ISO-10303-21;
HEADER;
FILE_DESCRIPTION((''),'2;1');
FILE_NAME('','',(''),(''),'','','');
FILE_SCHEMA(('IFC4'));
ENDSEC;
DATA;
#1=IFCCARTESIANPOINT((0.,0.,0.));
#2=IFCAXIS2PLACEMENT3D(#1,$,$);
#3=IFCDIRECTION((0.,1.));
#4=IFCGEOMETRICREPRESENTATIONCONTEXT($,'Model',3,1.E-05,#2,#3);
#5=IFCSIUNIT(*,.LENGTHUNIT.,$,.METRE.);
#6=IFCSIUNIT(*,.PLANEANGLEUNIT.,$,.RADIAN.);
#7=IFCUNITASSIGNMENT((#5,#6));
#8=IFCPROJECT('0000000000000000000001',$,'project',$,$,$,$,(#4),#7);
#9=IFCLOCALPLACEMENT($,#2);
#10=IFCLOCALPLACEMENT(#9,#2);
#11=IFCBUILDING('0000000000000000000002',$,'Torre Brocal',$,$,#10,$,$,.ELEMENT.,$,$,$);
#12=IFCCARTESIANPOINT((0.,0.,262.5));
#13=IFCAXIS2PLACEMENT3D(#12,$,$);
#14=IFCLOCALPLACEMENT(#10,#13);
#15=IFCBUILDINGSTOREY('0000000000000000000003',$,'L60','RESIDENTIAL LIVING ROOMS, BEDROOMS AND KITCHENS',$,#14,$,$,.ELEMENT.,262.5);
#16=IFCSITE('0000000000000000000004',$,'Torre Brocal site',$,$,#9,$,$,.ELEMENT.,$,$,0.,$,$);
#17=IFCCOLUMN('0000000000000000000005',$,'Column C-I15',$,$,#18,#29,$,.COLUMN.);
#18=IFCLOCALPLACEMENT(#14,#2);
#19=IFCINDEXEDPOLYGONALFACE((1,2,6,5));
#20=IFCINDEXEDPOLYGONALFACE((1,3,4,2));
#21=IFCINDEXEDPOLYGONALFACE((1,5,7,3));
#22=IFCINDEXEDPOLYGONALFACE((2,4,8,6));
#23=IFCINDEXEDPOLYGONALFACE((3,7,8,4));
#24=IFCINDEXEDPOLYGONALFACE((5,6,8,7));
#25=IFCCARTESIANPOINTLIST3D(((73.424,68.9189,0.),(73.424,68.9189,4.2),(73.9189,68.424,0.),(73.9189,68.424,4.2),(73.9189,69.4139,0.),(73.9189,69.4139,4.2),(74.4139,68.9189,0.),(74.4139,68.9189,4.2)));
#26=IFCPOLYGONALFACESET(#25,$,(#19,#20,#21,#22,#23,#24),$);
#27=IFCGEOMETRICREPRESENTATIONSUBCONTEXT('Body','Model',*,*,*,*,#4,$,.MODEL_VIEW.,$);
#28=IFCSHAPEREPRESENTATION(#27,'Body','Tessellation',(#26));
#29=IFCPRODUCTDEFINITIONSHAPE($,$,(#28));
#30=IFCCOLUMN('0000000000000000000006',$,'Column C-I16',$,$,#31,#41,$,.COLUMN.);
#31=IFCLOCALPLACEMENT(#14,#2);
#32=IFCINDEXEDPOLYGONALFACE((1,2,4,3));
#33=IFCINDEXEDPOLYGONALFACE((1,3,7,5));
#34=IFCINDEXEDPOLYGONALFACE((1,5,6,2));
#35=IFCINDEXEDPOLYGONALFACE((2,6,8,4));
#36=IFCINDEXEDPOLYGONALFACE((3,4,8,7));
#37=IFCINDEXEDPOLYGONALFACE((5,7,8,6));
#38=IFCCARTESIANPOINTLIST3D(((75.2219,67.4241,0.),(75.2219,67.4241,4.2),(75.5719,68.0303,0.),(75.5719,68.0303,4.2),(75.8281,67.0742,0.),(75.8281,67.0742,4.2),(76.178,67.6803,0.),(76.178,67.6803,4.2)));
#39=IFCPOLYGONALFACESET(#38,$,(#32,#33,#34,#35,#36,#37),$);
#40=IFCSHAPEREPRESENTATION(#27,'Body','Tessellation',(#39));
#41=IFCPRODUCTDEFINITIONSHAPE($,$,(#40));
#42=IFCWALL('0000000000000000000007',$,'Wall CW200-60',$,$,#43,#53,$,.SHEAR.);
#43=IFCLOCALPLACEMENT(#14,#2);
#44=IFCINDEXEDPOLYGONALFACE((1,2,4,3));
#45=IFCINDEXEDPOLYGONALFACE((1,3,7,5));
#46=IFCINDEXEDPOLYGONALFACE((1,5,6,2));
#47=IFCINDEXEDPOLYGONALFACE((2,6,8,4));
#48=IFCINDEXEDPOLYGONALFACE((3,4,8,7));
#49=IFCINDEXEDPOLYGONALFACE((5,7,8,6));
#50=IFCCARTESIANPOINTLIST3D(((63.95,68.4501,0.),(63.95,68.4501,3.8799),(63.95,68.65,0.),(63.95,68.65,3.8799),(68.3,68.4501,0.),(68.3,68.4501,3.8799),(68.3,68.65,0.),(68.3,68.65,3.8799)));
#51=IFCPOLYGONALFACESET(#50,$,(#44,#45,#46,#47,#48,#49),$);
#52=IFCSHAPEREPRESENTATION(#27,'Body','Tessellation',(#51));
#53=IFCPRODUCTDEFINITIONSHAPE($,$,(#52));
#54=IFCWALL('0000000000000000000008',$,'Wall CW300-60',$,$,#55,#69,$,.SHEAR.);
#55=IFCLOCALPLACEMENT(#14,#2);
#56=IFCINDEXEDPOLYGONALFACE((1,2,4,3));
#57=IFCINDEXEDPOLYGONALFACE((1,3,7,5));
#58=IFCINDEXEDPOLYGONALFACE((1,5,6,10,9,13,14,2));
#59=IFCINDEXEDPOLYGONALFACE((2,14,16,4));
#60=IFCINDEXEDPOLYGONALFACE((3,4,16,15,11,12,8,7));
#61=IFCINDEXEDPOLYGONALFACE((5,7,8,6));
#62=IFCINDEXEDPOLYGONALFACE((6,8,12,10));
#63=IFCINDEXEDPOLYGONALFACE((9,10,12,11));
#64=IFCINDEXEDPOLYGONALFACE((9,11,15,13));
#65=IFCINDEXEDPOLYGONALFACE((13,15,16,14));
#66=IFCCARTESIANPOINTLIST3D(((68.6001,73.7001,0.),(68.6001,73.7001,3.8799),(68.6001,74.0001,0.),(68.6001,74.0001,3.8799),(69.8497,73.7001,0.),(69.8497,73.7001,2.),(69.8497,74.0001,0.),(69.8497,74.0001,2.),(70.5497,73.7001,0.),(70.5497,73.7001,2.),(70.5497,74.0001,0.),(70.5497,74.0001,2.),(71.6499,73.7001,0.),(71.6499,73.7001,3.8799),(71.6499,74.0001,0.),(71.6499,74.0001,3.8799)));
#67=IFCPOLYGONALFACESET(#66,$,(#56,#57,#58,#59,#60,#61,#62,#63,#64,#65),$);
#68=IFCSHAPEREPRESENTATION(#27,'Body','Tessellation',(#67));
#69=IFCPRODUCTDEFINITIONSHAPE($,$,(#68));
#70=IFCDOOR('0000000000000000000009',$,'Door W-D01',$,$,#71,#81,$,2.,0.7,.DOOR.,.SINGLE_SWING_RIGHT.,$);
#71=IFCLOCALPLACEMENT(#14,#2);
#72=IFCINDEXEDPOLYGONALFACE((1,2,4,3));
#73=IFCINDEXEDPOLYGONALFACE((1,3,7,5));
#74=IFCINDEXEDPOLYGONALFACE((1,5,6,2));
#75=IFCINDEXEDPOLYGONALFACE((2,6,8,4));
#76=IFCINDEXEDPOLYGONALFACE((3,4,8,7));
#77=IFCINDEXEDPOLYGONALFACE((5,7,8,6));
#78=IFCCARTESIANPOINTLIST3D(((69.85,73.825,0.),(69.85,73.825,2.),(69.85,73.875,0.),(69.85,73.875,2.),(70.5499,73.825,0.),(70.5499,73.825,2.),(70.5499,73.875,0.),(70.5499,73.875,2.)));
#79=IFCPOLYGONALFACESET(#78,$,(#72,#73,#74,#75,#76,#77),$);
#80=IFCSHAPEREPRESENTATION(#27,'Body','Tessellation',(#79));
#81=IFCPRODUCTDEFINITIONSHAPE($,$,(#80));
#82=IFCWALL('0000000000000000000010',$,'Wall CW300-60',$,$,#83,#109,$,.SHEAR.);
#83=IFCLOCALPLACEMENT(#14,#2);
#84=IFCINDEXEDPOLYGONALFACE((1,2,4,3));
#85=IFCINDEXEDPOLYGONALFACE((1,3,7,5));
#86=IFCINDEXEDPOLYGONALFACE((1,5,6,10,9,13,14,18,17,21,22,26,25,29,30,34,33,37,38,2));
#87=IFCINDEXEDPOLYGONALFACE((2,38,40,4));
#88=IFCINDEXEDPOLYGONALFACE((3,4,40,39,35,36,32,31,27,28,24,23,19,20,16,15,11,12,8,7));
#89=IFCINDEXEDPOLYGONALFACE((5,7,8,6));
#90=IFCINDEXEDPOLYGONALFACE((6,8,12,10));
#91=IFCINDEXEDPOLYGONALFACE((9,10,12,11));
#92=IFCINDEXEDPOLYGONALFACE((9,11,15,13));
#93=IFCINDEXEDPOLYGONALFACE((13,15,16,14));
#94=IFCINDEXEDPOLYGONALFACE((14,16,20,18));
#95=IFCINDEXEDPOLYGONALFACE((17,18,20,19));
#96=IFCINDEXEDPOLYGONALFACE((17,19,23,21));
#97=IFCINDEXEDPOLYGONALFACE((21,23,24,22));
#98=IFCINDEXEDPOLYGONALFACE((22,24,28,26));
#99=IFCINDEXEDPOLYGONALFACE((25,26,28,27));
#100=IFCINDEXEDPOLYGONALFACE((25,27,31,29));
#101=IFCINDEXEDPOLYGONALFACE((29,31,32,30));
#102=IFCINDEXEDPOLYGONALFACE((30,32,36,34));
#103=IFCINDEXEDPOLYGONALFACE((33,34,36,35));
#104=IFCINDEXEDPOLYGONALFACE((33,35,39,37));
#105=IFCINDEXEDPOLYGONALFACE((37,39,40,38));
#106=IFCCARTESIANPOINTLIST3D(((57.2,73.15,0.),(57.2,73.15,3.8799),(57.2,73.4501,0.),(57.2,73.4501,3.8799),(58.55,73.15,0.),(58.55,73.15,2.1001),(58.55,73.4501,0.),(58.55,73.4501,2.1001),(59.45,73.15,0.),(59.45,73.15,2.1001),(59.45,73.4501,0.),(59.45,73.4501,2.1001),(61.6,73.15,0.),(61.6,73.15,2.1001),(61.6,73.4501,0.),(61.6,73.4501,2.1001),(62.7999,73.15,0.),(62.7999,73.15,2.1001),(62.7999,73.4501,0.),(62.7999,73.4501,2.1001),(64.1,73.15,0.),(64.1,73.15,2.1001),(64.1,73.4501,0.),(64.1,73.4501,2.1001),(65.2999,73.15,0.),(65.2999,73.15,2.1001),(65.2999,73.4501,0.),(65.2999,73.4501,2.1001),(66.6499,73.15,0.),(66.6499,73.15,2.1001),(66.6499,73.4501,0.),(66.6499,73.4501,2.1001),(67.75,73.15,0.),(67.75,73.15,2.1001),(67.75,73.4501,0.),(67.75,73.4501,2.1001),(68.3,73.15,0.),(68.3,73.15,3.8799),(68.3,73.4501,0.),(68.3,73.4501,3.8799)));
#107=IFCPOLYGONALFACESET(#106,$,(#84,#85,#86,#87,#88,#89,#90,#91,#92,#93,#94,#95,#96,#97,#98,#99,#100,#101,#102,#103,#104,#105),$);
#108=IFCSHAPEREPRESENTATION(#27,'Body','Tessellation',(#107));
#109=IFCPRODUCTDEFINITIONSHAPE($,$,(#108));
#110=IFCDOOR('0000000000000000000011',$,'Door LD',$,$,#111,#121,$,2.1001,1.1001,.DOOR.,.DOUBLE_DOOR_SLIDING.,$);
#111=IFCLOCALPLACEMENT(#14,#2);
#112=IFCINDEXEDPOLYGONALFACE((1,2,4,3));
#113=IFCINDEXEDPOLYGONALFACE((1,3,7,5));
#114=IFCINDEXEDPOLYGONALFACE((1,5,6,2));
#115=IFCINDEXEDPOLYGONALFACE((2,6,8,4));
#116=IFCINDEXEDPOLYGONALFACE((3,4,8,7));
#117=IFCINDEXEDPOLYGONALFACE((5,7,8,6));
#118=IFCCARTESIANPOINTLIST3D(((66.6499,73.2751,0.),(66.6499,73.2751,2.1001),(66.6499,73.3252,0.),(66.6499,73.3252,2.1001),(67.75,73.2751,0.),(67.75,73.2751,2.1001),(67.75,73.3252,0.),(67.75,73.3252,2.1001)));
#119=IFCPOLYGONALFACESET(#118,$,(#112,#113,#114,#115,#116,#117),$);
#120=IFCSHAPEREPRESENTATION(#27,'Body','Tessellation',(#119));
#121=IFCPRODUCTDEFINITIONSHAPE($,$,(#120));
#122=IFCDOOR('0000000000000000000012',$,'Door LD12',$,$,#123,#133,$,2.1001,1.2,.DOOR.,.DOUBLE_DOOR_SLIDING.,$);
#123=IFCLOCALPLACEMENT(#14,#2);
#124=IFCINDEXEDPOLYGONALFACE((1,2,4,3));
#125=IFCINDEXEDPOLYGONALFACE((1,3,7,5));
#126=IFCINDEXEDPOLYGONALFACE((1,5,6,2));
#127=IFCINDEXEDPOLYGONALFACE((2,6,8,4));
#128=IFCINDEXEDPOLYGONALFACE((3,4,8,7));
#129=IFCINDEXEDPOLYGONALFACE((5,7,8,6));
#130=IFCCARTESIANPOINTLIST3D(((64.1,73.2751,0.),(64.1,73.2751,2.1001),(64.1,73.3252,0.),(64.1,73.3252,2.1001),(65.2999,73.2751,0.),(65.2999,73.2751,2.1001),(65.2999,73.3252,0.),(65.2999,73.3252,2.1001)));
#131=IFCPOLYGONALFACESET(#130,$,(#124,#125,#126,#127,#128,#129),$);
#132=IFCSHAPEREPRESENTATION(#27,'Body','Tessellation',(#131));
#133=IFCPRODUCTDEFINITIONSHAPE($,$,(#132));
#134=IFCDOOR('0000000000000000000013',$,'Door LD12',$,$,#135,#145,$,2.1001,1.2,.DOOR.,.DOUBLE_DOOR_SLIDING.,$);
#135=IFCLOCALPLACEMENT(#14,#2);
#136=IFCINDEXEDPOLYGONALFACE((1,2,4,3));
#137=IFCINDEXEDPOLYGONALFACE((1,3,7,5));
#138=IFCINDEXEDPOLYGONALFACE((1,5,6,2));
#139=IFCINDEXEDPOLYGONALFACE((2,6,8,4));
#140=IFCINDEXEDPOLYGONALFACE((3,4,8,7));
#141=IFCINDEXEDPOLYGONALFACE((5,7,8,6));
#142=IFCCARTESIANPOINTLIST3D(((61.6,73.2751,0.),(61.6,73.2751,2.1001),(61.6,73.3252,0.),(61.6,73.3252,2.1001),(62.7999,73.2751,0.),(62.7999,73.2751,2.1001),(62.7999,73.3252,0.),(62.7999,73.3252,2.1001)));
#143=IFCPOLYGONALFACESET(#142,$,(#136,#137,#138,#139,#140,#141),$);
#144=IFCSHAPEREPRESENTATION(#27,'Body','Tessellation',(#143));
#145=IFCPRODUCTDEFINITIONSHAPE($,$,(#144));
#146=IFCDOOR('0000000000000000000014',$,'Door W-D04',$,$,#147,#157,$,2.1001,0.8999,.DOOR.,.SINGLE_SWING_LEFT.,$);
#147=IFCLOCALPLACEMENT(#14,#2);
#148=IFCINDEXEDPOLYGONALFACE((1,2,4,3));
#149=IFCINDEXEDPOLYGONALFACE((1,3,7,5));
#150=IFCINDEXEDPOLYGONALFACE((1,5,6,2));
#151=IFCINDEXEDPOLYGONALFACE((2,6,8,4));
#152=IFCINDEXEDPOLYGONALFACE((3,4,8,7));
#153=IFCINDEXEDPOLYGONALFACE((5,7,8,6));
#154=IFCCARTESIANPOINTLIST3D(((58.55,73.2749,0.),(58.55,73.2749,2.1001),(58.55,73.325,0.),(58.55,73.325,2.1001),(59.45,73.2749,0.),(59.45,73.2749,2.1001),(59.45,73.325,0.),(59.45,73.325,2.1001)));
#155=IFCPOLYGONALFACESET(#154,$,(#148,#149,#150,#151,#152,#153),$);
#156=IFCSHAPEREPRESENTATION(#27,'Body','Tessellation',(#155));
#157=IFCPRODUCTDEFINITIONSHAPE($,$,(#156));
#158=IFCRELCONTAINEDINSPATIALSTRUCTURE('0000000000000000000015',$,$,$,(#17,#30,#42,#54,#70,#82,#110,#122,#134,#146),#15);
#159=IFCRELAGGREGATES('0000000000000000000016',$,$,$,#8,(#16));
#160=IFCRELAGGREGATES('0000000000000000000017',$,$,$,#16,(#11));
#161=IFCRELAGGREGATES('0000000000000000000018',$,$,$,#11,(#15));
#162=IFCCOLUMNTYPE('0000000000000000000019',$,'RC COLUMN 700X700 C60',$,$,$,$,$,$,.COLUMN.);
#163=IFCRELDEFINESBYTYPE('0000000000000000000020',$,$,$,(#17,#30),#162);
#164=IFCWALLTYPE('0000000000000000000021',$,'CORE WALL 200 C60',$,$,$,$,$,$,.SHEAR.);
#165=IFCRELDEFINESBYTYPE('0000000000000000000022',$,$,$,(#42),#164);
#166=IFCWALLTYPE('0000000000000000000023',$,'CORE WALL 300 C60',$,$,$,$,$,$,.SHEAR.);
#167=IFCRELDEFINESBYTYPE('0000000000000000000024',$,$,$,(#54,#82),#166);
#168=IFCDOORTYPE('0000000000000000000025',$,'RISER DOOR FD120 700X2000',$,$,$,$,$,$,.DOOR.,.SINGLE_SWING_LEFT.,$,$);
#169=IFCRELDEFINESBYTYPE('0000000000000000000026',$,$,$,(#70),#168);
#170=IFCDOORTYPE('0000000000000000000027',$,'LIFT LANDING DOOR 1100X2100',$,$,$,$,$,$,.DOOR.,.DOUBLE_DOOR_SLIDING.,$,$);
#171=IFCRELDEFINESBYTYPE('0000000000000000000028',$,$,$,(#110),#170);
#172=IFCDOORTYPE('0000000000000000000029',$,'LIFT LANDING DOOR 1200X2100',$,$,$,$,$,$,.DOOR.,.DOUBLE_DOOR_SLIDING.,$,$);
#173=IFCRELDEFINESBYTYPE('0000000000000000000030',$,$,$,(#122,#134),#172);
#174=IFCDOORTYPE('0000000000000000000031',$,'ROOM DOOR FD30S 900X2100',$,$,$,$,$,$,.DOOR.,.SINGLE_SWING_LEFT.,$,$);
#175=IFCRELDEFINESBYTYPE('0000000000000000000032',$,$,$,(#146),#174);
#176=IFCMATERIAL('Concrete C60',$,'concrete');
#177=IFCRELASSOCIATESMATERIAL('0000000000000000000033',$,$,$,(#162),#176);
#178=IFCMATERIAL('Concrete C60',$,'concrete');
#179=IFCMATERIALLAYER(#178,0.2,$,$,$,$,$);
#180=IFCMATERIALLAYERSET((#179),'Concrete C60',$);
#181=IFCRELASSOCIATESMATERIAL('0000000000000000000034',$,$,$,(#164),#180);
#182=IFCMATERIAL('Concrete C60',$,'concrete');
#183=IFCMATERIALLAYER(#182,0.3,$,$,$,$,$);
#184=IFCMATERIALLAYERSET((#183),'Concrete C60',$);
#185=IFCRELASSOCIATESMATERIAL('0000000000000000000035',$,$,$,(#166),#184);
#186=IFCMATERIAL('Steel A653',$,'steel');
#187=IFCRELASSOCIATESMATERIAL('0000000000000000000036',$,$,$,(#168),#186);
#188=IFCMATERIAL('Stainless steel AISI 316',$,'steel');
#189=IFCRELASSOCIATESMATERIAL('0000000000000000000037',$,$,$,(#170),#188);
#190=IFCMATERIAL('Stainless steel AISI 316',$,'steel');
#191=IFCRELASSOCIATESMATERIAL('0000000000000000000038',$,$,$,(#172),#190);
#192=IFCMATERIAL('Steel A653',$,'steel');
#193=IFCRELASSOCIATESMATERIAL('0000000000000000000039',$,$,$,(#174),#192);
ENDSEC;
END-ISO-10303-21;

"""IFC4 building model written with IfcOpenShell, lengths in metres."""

from ifc_helpers import new_model, si_unit, direction, frame, frame_2d, origin, origin_2d, place, context, subcontext, project, spatial, rectangle, extrude, material, layer, layer_set, material_profile, profile_set, type_object, element, fill, save


model = new_model("IFC4")

# Units and contexts
model_context = context("Model", 3, precision=1e-05, world=origin(), true_north=direction((0.0, 1.0)))
body_context = subcontext(model_context, "Body", "Model", "MODEL_VIEW")
ifc_project = project(units=[si_unit("LENGTHUNIT", "METRE"), si_unit("PLANEANGLEUNIT", "RADIAN")], contexts=[model_context])

# Site, building, storey
site_placement = place(None, origin())
site = spatial("IfcSite", under=ifc_project, at=site_placement, Name="Torre Brocal site", CompositionType="ELEMENT", RefElevation=0.0)
building_placement = place(site_placement, origin())
building = spatial("IfcBuilding", under=site, at=building_placement, Name="Torre Brocal", CompositionType="ELEMENT")
storey_placement = place(building_placement, frame((0.0, 0.0, 262.5)))
storey = spatial("IfcBuildingStorey", under=building, at=storey_placement, Name="L60", Description="RESIDENTIAL LIVING ROOMS, BEDROOMS AND KITCHENS", CompositionType="ELEMENT", Elevation=262.5)

# Columns
ifc_material_1 = material(Name="Concrete C60", Category="concrete")
ifc_material_profile = material_profile(ifc_material_1, rectangle(XDim=0.7, YDim=0.7, at=origin_2d()), Name="RC 700X700")
ifc_profile_set = profile_set([ifc_material_profile], Name="Concrete C60")
column_type = type_object("IfcColumnType", Name="RC COLUMN 700X700 C60", PredefinedType="COLUMN", material=ifc_profile_set)
for number, where, z_axis, x_axis, name in (
    (1, (73.9189, 68.9189, 0.0), (0.0, 0.0, 1.0), (-0.707107, -0.707107, 0.0), "Column C-I15"),
    (2, (75.7, 67.5522, 0.0), (0.0, 0.0, 1.0), (-0.5, -0.866025, 0.0), "Column C-I16"),
):
    element("IfcColumn", number, at=place(storey_placement, frame(where, z_axis=z_axis, x_axis=x_axis)), inside=storey, type_object=column_type, Name=name, PredefinedType="COLUMN", context=body_context, shape_type="SweptSolid", body=[
        extrude(rectangle(XDim=0.7, YDim=0.7, at=origin_2d()), origin(), (0.0, 0.0, 1.0), 4.2),
    ])

# Wall
ifc_material_2 = material(Name="Concrete C60", Category="concrete")
ifc_layer_1 = layer(ifc_material_2, 0.2)
ifc_layer_set_1 = layer_set([ifc_layer_1], Name="Concrete C60")
wall_type_1 = type_object("IfcWallType", Name="CORE WALL 200 C60", PredefinedType="SHEAR", material=ifc_layer_set_1)
wall_1_placement = place(storey_placement, frame((68.3, 68.55, 0.0), z_axis=(0.0, 0.0, 1.0), x_axis=(-1.0, 0.0, 0.0)))
element("IfcWall", 3, at=wall_1_placement, inside=storey, type_object=wall_type_1, Name="Wall CW200-60", PredefinedType="SHEAR", context=body_context, shape_type="SweptSolid", body=[
    extrude(rectangle(XDim=4.3501, YDim=0.2, at=frame_2d((2.175, 0.0))), origin(), (0.0, 0.0, 1.0), 3.8799),
])

# Wall, opening, door
ifc_material_3 = material(Name="Concrete C60", Category="concrete")
ifc_layer_2 = layer(ifc_material_3, 0.3)
ifc_layer_set_2 = layer_set([ifc_layer_2], Name="Concrete C60")
wall_type_2 = type_object("IfcWallType", Name="CORE WALL 300 C60", PredefinedType="SHEAR", material=ifc_layer_set_2)
wall_2_placement = place(storey_placement, frame((71.6499, 73.8501, 0.0), z_axis=(0.0, 0.0, 1.0), x_axis=(-1.0, 0.0, 0.0)))
wall_2 = element("IfcWall", 4, at=wall_2_placement, inside=storey, type_object=wall_type_2, Name="Wall CW300-60", PredefinedType="SHEAR", context=body_context, shape_type="SweptSolid", body=[
    extrude(rectangle(XDim=3.0498, YDim=0.3, at=frame_2d((1.5249, 0.0))), origin(), (0.0, 0.0, 1.0), 3.8799),
])
opening_1_placement = place(wall_2_placement, frame((1.1001, 0.0, 0.0)))
opening_1 = element("IfcOpeningElement", 5, at=opening_1_placement, cuts=wall_2, PredefinedType="OPENING", context=body_context, shape_type="SweptSolid", body=[
    extrude(rectangle(XDim=0.7, YDim=2.0, at=frame_2d((0.3501, 1.0))), frame((0.0, 0.1599, 0.0), z_axis=(0.0, -1.0, 0.0), x_axis=(1.0, 0.0, 0.0)), (0.0, 0.0, 1.0), 0.3201),
])
ifc_material_4 = material(Name="Steel A653", Category="steel")
door_type_1 = type_object("IfcDoorType", Name="RISER DOOR FD120 700X2000", OperationType="SINGLE_SWING_LEFT", PredefinedType="DOOR", material=ifc_material_4)
door_1_placement = place(opening_1_placement, frame((0.7, 0.0, 0.0), z_axis=(0.0, 0.0, 1.0), x_axis=(-1.0, 0.0, 0.0)))
door_1 = element("IfcDoor", 6, at=door_1_placement, inside=storey, type_object=door_type_1, Name="Door W-D01", OperationType="SINGLE_SWING_RIGHT", OverallHeight=2.0, OverallWidth=0.7, PredefinedType="DOOR", context=body_context, shape_type="SweptSolid", body=[
    extrude(rectangle(XDim=0.7, YDim=2.0, at=frame_2d((0.3501, 1.0))), frame((0.0, 0.0249, 0.0), z_axis=(0.0, -1.0, 0.0), x_axis=(1.0, 0.0, 0.0)), (0.0, 0.0, 1.0), 0.05),
])
fill(opening_1, door_1)

# Wall, openings, doors
wall_3_placement = place(storey_placement, frame((68.3, 73.3, 0.0), z_axis=(0.0, 0.0, 1.0), x_axis=(-1.0, 0.0, 0.0)))
wall_3 = element("IfcWall", 7, at=wall_3_placement, inside=storey, type_object=wall_type_2, Name="Wall CW300-60", PredefinedType="SHEAR", context=body_context, shape_type="SweptSolid", body=[
    extrude(rectangle(XDim=11.1001, YDim=0.3, at=frame_2d((5.55, 0.0))), origin(), (0.0, 0.0, 1.0), 3.8799),
])
opening_2_placement = place(wall_3_placement, frame((0.55, 0.0, 0.0)))
opening_2 = element("IfcOpeningElement", 8, at=opening_2_placement, cuts=wall_3, PredefinedType="OPENING", context=body_context, shape_type="SweptSolid", body=[
    extrude(rectangle(XDim=1.1001, YDim=2.1001, at=frame_2d((0.55, 1.05))), frame((0.0, 0.1599, 0.0), z_axis=(0.0, -1.0, 0.0), x_axis=(1.0, 0.0, 0.0)), (0.0, 0.0, 1.0), 0.3201),
])
opening_3_placement = place(wall_3_placement, frame((3.0, 0.0, 0.0)))
opening_3 = element("IfcOpeningElement", 9, at=opening_3_placement, cuts=wall_3, PredefinedType="OPENING", context=body_context, shape_type="SweptSolid", body=[
    extrude(rectangle(XDim=1.2, YDim=2.1001, at=frame_2d((0.6001, 1.05))), frame((0.0, 0.1599, 0.0), z_axis=(0.0, -1.0, 0.0), x_axis=(1.0, 0.0, 0.0)), (0.0, 0.0, 1.0), 0.3201),
])
opening_4_placement = place(wall_3_placement, frame((5.5, 0.0, 0.0)))
opening_4 = element("IfcOpeningElement", 10, at=opening_4_placement, cuts=wall_3, PredefinedType="OPENING", context=body_context, shape_type="SweptSolid", body=[
    extrude(rectangle(XDim=1.2, YDim=2.1001, at=frame_2d((0.6001, 1.05))), frame((0.0, 0.1599, 0.0), z_axis=(0.0, -1.0, 0.0), x_axis=(1.0, 0.0, 0.0)), (0.0, 0.0, 1.0), 0.3201),
])
opening_5_placement = place(wall_3_placement, frame((8.8501, 0.0, 0.0)))
opening_5 = element("IfcOpeningElement", 11, at=opening_5_placement, cuts=wall_3, PredefinedType="OPENING", context=body_context, shape_type="SweptSolid", body=[
    extrude(rectangle(XDim=0.8999, YDim=2.1001, at=frame_2d((0.45, 1.05))), frame((0.0, 0.1599, 0.0), z_axis=(0.0, -1.0, 0.0), x_axis=(1.0, 0.0, 0.0)), (0.0, 0.0, 1.0), 0.3201),
])
ifc_material_5 = material(Name="Stainless steel AISI 316", Category="steel")
door_type_2 = type_object("IfcDoorType", Name="LIFT LANDING DOOR 1100X2100", OperationType="DOUBLE_DOOR_SLIDING", PredefinedType="DOOR", material=ifc_material_5)
door_2_placement = place(opening_2_placement, origin())
door_2 = element("IfcDoor", 12, at=door_2_placement, inside=storey, type_object=door_type_2, Name="Door LD", OperationType="DOUBLE_DOOR_SLIDING", OverallHeight=2.1001, OverallWidth=1.1001, PredefinedType="DOOR", context=body_context, shape_type="SweptSolid", body=[
    extrude(rectangle(XDim=1.1001, YDim=2.1001, at=frame_2d((0.55, 1.05))), frame((0.0, 0.0249, 0.0), z_axis=(0.0, -1.0, 0.0), x_axis=(1.0, 0.0, 0.0)), (0.0, 0.0, 1.0), 0.05),
])
fill(opening_2, door_2)
ifc_material_6 = material(Name="Stainless steel AISI 316", Category="steel")
door_type_3 = type_object("IfcDoorType", Name="LIFT LANDING DOOR 1200X2100", OperationType="DOUBLE_DOOR_SLIDING", PredefinedType="DOOR", material=ifc_material_6)
door_3_placement = place(opening_3_placement, origin())
door_3 = element("IfcDoor", 13, at=door_3_placement, inside=storey, type_object=door_type_3, Name="Door LD12", OperationType="DOUBLE_DOOR_SLIDING", OverallHeight=2.1001, OverallWidth=1.2, PredefinedType="DOOR", context=body_context, shape_type="SweptSolid", body=[
    extrude(rectangle(XDim=1.2, YDim=2.1001, at=frame_2d((0.6001, 1.05))), frame((0.0, 0.0249, 0.0), z_axis=(0.0, -1.0, 0.0), x_axis=(1.0, 0.0, 0.0)), (0.0, 0.0, 1.0), 0.05),
])
fill(opening_3, door_3)
door_4_placement = place(opening_4_placement, origin())
door_4 = element("IfcDoor", 14, at=door_4_placement, inside=storey, type_object=door_type_3, Name="Door LD12", OperationType="DOUBLE_DOOR_SLIDING", OverallHeight=2.1001, OverallWidth=1.2, PredefinedType="DOOR", context=body_context, shape_type="SweptSolid", body=[
    extrude(rectangle(XDim=1.2, YDim=2.1001, at=frame_2d((0.6001, 1.05))), frame((0.0, 0.0249, 0.0), z_axis=(0.0, -1.0, 0.0), x_axis=(1.0, 0.0, 0.0)), (0.0, 0.0, 1.0), 0.05),
])
fill(opening_4, door_4)
ifc_material_7 = material(Name="Steel A653", Category="steel")
door_type_4 = type_object("IfcDoorType", Name="ROOM DOOR FD30S 900X2100", OperationType="SINGLE_SWING_LEFT", PredefinedType="DOOR", material=ifc_material_7)
door_5_placement = place(opening_5_placement, frame((0.8999, 0.0, 0.0), z_axis=(0.0, 0.0, 1.0), x_axis=(-1.0, 0.0, 0.0)))
door_5 = element("IfcDoor", 15, at=door_5_placement, inside=storey, type_object=door_type_4, Name="Door W-D04", OperationType="SINGLE_SWING_LEFT", OverallHeight=2.1001, OverallWidth=0.8999, PredefinedType="DOOR", context=body_context, shape_type="SweptSolid", body=[
    extrude(rectangle(XDim=0.8999, YDim=2.1001, at=frame_2d((0.45, 1.05))), frame((0.0, 0.0249, 0.0), z_axis=(0.0, -1.0, 0.0), x_axis=(1.0, 0.0, 0.0)), (0.0, 0.0, 1.0), 0.05),
])
fill(opening_5, door_5)

save(model, "model.ifc")
